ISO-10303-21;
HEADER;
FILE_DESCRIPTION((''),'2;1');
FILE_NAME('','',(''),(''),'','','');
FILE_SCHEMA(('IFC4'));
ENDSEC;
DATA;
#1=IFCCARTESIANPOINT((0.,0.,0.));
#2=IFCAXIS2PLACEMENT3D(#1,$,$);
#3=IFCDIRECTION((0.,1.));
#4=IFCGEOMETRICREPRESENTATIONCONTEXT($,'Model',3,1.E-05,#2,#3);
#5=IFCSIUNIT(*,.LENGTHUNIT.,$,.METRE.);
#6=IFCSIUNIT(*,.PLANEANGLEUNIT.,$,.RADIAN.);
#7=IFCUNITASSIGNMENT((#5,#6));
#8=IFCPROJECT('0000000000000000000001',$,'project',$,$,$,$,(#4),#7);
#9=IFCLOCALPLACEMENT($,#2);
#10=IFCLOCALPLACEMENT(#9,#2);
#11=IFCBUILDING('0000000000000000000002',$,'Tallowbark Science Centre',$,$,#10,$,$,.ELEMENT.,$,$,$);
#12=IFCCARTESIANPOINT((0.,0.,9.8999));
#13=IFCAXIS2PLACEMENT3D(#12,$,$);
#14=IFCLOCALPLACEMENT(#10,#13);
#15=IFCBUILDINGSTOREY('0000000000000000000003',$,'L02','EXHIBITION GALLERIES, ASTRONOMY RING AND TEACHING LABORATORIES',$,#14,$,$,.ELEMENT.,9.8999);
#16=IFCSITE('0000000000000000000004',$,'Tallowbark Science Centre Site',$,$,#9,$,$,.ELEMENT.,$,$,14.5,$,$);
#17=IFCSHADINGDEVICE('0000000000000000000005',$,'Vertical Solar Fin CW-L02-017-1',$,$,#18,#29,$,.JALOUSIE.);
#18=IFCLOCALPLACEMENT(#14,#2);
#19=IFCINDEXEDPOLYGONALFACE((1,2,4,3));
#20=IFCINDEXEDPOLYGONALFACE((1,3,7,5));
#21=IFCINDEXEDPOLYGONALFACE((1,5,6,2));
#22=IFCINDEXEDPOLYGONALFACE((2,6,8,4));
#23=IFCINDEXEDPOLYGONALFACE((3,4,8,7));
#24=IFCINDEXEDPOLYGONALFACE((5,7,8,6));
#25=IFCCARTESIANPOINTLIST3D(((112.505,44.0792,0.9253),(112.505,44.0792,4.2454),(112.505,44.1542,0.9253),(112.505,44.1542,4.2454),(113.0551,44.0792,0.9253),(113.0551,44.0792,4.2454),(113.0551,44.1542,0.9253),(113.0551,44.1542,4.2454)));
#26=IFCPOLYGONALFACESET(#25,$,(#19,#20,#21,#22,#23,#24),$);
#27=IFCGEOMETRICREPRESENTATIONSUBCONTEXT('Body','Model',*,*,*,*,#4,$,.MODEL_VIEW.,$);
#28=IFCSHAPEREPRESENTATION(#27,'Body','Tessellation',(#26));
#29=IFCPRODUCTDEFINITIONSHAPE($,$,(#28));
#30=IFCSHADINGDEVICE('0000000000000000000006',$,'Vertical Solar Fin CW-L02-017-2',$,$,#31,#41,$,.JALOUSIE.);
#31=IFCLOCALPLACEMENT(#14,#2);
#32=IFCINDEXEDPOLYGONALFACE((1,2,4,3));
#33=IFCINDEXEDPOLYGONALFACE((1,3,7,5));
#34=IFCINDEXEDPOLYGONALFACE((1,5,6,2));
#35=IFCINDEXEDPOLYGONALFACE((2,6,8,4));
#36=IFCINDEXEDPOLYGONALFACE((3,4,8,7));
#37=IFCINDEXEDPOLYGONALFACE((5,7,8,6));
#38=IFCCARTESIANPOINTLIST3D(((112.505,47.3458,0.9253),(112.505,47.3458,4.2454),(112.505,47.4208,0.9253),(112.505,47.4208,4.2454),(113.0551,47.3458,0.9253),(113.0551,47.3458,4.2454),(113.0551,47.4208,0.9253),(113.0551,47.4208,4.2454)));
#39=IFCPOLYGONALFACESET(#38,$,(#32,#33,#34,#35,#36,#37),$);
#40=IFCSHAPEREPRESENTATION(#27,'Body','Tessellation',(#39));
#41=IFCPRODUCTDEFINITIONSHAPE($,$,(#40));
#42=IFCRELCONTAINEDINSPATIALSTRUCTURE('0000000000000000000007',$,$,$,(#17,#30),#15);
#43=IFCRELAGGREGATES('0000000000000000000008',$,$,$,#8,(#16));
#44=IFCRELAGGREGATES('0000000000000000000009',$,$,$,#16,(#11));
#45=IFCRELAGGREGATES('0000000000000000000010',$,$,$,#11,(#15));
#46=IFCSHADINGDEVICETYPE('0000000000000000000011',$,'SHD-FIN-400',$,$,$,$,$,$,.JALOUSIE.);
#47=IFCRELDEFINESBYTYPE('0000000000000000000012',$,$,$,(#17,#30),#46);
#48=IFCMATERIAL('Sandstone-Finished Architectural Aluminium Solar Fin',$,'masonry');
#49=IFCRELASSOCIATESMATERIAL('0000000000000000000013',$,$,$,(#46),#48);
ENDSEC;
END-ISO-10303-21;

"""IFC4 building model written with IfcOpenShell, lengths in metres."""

from ifc_helpers import new_model, si_unit, direction, frame, origin, origin_2d, place, context, subcontext, project, spatial, rectangle, extrude, material, type_object, element, save


model = new_model("IFC4")

# Units and contexts
model_context = context("Model", 3, precision=1e-05, world=origin(), true_north=direction((0.0, 1.0)))
body_context = subcontext(model_context, "Body", "Model", "MODEL_VIEW")
ifc_project = project(units=[si_unit("LENGTHUNIT", "METRE"), si_unit("PLANEANGLEUNIT", "RADIAN")], contexts=[model_context])

# Site, building, storey
site_placement = place(None, origin())
site = spatial("IfcSite", under=ifc_project, at=site_placement, Name="Tallowbark Science Centre Site", CompositionType="ELEMENT", RefElevation=14.5)
building_placement = place(site_placement, origin())
building = spatial("IfcBuilding", under=site, at=building_placement, Name="Tallowbark Science Centre", CompositionType="ELEMENT")
storey_placement = place(building_placement, frame((0.0, 0.0, 9.8999)))
storey = spatial("IfcBuildingStorey", under=building, at=storey_placement, Name="L02", Description="EXHIBITION GALLERIES, ASTRONOMY RING AND TEACHING LABORATORIES", CompositionType="ELEMENT", Elevation=9.8999)

# Shading devices
ifc_material_1 = material(Name="Sandstone-Finished Architectural Aluminium Solar Fin", Category="masonry")
shading_device_type = type_object("IfcShadingDeviceType", Name="SHD-FIN-400", PredefinedType="JALOUSIE", material=ifc_material_1)
for number, where, z_axis, x_axis, name in (
    (1, (112.78, 44.1167, 0.9253), (0.0, 0.0, 1.0), (0.0, 1.0, 0.0), "Vertical Solar Fin CW-L02-017-1"),
    (2, (112.78, 47.3833, 0.9253), (0.0, 0.0, 1.0), (0.0, 1.0, 0.0), "Vertical Solar Fin CW-L02-017-2"),
):
    element("IfcShadingDevice", number, at=place(storey_placement, frame(where, z_axis=z_axis, x_axis=x_axis)), inside=storey, type_object=shading_device_type, Name=name, PredefinedType="JALOUSIE", context=body_context, shape_type="SweptSolid", body=[
        extrude(rectangle(XDim=0.075, YDim=0.55, at=origin_2d()), origin(), (0.0, 0.0, 1.0), 3.3201),
    ])

save(model, "model.ifc")
